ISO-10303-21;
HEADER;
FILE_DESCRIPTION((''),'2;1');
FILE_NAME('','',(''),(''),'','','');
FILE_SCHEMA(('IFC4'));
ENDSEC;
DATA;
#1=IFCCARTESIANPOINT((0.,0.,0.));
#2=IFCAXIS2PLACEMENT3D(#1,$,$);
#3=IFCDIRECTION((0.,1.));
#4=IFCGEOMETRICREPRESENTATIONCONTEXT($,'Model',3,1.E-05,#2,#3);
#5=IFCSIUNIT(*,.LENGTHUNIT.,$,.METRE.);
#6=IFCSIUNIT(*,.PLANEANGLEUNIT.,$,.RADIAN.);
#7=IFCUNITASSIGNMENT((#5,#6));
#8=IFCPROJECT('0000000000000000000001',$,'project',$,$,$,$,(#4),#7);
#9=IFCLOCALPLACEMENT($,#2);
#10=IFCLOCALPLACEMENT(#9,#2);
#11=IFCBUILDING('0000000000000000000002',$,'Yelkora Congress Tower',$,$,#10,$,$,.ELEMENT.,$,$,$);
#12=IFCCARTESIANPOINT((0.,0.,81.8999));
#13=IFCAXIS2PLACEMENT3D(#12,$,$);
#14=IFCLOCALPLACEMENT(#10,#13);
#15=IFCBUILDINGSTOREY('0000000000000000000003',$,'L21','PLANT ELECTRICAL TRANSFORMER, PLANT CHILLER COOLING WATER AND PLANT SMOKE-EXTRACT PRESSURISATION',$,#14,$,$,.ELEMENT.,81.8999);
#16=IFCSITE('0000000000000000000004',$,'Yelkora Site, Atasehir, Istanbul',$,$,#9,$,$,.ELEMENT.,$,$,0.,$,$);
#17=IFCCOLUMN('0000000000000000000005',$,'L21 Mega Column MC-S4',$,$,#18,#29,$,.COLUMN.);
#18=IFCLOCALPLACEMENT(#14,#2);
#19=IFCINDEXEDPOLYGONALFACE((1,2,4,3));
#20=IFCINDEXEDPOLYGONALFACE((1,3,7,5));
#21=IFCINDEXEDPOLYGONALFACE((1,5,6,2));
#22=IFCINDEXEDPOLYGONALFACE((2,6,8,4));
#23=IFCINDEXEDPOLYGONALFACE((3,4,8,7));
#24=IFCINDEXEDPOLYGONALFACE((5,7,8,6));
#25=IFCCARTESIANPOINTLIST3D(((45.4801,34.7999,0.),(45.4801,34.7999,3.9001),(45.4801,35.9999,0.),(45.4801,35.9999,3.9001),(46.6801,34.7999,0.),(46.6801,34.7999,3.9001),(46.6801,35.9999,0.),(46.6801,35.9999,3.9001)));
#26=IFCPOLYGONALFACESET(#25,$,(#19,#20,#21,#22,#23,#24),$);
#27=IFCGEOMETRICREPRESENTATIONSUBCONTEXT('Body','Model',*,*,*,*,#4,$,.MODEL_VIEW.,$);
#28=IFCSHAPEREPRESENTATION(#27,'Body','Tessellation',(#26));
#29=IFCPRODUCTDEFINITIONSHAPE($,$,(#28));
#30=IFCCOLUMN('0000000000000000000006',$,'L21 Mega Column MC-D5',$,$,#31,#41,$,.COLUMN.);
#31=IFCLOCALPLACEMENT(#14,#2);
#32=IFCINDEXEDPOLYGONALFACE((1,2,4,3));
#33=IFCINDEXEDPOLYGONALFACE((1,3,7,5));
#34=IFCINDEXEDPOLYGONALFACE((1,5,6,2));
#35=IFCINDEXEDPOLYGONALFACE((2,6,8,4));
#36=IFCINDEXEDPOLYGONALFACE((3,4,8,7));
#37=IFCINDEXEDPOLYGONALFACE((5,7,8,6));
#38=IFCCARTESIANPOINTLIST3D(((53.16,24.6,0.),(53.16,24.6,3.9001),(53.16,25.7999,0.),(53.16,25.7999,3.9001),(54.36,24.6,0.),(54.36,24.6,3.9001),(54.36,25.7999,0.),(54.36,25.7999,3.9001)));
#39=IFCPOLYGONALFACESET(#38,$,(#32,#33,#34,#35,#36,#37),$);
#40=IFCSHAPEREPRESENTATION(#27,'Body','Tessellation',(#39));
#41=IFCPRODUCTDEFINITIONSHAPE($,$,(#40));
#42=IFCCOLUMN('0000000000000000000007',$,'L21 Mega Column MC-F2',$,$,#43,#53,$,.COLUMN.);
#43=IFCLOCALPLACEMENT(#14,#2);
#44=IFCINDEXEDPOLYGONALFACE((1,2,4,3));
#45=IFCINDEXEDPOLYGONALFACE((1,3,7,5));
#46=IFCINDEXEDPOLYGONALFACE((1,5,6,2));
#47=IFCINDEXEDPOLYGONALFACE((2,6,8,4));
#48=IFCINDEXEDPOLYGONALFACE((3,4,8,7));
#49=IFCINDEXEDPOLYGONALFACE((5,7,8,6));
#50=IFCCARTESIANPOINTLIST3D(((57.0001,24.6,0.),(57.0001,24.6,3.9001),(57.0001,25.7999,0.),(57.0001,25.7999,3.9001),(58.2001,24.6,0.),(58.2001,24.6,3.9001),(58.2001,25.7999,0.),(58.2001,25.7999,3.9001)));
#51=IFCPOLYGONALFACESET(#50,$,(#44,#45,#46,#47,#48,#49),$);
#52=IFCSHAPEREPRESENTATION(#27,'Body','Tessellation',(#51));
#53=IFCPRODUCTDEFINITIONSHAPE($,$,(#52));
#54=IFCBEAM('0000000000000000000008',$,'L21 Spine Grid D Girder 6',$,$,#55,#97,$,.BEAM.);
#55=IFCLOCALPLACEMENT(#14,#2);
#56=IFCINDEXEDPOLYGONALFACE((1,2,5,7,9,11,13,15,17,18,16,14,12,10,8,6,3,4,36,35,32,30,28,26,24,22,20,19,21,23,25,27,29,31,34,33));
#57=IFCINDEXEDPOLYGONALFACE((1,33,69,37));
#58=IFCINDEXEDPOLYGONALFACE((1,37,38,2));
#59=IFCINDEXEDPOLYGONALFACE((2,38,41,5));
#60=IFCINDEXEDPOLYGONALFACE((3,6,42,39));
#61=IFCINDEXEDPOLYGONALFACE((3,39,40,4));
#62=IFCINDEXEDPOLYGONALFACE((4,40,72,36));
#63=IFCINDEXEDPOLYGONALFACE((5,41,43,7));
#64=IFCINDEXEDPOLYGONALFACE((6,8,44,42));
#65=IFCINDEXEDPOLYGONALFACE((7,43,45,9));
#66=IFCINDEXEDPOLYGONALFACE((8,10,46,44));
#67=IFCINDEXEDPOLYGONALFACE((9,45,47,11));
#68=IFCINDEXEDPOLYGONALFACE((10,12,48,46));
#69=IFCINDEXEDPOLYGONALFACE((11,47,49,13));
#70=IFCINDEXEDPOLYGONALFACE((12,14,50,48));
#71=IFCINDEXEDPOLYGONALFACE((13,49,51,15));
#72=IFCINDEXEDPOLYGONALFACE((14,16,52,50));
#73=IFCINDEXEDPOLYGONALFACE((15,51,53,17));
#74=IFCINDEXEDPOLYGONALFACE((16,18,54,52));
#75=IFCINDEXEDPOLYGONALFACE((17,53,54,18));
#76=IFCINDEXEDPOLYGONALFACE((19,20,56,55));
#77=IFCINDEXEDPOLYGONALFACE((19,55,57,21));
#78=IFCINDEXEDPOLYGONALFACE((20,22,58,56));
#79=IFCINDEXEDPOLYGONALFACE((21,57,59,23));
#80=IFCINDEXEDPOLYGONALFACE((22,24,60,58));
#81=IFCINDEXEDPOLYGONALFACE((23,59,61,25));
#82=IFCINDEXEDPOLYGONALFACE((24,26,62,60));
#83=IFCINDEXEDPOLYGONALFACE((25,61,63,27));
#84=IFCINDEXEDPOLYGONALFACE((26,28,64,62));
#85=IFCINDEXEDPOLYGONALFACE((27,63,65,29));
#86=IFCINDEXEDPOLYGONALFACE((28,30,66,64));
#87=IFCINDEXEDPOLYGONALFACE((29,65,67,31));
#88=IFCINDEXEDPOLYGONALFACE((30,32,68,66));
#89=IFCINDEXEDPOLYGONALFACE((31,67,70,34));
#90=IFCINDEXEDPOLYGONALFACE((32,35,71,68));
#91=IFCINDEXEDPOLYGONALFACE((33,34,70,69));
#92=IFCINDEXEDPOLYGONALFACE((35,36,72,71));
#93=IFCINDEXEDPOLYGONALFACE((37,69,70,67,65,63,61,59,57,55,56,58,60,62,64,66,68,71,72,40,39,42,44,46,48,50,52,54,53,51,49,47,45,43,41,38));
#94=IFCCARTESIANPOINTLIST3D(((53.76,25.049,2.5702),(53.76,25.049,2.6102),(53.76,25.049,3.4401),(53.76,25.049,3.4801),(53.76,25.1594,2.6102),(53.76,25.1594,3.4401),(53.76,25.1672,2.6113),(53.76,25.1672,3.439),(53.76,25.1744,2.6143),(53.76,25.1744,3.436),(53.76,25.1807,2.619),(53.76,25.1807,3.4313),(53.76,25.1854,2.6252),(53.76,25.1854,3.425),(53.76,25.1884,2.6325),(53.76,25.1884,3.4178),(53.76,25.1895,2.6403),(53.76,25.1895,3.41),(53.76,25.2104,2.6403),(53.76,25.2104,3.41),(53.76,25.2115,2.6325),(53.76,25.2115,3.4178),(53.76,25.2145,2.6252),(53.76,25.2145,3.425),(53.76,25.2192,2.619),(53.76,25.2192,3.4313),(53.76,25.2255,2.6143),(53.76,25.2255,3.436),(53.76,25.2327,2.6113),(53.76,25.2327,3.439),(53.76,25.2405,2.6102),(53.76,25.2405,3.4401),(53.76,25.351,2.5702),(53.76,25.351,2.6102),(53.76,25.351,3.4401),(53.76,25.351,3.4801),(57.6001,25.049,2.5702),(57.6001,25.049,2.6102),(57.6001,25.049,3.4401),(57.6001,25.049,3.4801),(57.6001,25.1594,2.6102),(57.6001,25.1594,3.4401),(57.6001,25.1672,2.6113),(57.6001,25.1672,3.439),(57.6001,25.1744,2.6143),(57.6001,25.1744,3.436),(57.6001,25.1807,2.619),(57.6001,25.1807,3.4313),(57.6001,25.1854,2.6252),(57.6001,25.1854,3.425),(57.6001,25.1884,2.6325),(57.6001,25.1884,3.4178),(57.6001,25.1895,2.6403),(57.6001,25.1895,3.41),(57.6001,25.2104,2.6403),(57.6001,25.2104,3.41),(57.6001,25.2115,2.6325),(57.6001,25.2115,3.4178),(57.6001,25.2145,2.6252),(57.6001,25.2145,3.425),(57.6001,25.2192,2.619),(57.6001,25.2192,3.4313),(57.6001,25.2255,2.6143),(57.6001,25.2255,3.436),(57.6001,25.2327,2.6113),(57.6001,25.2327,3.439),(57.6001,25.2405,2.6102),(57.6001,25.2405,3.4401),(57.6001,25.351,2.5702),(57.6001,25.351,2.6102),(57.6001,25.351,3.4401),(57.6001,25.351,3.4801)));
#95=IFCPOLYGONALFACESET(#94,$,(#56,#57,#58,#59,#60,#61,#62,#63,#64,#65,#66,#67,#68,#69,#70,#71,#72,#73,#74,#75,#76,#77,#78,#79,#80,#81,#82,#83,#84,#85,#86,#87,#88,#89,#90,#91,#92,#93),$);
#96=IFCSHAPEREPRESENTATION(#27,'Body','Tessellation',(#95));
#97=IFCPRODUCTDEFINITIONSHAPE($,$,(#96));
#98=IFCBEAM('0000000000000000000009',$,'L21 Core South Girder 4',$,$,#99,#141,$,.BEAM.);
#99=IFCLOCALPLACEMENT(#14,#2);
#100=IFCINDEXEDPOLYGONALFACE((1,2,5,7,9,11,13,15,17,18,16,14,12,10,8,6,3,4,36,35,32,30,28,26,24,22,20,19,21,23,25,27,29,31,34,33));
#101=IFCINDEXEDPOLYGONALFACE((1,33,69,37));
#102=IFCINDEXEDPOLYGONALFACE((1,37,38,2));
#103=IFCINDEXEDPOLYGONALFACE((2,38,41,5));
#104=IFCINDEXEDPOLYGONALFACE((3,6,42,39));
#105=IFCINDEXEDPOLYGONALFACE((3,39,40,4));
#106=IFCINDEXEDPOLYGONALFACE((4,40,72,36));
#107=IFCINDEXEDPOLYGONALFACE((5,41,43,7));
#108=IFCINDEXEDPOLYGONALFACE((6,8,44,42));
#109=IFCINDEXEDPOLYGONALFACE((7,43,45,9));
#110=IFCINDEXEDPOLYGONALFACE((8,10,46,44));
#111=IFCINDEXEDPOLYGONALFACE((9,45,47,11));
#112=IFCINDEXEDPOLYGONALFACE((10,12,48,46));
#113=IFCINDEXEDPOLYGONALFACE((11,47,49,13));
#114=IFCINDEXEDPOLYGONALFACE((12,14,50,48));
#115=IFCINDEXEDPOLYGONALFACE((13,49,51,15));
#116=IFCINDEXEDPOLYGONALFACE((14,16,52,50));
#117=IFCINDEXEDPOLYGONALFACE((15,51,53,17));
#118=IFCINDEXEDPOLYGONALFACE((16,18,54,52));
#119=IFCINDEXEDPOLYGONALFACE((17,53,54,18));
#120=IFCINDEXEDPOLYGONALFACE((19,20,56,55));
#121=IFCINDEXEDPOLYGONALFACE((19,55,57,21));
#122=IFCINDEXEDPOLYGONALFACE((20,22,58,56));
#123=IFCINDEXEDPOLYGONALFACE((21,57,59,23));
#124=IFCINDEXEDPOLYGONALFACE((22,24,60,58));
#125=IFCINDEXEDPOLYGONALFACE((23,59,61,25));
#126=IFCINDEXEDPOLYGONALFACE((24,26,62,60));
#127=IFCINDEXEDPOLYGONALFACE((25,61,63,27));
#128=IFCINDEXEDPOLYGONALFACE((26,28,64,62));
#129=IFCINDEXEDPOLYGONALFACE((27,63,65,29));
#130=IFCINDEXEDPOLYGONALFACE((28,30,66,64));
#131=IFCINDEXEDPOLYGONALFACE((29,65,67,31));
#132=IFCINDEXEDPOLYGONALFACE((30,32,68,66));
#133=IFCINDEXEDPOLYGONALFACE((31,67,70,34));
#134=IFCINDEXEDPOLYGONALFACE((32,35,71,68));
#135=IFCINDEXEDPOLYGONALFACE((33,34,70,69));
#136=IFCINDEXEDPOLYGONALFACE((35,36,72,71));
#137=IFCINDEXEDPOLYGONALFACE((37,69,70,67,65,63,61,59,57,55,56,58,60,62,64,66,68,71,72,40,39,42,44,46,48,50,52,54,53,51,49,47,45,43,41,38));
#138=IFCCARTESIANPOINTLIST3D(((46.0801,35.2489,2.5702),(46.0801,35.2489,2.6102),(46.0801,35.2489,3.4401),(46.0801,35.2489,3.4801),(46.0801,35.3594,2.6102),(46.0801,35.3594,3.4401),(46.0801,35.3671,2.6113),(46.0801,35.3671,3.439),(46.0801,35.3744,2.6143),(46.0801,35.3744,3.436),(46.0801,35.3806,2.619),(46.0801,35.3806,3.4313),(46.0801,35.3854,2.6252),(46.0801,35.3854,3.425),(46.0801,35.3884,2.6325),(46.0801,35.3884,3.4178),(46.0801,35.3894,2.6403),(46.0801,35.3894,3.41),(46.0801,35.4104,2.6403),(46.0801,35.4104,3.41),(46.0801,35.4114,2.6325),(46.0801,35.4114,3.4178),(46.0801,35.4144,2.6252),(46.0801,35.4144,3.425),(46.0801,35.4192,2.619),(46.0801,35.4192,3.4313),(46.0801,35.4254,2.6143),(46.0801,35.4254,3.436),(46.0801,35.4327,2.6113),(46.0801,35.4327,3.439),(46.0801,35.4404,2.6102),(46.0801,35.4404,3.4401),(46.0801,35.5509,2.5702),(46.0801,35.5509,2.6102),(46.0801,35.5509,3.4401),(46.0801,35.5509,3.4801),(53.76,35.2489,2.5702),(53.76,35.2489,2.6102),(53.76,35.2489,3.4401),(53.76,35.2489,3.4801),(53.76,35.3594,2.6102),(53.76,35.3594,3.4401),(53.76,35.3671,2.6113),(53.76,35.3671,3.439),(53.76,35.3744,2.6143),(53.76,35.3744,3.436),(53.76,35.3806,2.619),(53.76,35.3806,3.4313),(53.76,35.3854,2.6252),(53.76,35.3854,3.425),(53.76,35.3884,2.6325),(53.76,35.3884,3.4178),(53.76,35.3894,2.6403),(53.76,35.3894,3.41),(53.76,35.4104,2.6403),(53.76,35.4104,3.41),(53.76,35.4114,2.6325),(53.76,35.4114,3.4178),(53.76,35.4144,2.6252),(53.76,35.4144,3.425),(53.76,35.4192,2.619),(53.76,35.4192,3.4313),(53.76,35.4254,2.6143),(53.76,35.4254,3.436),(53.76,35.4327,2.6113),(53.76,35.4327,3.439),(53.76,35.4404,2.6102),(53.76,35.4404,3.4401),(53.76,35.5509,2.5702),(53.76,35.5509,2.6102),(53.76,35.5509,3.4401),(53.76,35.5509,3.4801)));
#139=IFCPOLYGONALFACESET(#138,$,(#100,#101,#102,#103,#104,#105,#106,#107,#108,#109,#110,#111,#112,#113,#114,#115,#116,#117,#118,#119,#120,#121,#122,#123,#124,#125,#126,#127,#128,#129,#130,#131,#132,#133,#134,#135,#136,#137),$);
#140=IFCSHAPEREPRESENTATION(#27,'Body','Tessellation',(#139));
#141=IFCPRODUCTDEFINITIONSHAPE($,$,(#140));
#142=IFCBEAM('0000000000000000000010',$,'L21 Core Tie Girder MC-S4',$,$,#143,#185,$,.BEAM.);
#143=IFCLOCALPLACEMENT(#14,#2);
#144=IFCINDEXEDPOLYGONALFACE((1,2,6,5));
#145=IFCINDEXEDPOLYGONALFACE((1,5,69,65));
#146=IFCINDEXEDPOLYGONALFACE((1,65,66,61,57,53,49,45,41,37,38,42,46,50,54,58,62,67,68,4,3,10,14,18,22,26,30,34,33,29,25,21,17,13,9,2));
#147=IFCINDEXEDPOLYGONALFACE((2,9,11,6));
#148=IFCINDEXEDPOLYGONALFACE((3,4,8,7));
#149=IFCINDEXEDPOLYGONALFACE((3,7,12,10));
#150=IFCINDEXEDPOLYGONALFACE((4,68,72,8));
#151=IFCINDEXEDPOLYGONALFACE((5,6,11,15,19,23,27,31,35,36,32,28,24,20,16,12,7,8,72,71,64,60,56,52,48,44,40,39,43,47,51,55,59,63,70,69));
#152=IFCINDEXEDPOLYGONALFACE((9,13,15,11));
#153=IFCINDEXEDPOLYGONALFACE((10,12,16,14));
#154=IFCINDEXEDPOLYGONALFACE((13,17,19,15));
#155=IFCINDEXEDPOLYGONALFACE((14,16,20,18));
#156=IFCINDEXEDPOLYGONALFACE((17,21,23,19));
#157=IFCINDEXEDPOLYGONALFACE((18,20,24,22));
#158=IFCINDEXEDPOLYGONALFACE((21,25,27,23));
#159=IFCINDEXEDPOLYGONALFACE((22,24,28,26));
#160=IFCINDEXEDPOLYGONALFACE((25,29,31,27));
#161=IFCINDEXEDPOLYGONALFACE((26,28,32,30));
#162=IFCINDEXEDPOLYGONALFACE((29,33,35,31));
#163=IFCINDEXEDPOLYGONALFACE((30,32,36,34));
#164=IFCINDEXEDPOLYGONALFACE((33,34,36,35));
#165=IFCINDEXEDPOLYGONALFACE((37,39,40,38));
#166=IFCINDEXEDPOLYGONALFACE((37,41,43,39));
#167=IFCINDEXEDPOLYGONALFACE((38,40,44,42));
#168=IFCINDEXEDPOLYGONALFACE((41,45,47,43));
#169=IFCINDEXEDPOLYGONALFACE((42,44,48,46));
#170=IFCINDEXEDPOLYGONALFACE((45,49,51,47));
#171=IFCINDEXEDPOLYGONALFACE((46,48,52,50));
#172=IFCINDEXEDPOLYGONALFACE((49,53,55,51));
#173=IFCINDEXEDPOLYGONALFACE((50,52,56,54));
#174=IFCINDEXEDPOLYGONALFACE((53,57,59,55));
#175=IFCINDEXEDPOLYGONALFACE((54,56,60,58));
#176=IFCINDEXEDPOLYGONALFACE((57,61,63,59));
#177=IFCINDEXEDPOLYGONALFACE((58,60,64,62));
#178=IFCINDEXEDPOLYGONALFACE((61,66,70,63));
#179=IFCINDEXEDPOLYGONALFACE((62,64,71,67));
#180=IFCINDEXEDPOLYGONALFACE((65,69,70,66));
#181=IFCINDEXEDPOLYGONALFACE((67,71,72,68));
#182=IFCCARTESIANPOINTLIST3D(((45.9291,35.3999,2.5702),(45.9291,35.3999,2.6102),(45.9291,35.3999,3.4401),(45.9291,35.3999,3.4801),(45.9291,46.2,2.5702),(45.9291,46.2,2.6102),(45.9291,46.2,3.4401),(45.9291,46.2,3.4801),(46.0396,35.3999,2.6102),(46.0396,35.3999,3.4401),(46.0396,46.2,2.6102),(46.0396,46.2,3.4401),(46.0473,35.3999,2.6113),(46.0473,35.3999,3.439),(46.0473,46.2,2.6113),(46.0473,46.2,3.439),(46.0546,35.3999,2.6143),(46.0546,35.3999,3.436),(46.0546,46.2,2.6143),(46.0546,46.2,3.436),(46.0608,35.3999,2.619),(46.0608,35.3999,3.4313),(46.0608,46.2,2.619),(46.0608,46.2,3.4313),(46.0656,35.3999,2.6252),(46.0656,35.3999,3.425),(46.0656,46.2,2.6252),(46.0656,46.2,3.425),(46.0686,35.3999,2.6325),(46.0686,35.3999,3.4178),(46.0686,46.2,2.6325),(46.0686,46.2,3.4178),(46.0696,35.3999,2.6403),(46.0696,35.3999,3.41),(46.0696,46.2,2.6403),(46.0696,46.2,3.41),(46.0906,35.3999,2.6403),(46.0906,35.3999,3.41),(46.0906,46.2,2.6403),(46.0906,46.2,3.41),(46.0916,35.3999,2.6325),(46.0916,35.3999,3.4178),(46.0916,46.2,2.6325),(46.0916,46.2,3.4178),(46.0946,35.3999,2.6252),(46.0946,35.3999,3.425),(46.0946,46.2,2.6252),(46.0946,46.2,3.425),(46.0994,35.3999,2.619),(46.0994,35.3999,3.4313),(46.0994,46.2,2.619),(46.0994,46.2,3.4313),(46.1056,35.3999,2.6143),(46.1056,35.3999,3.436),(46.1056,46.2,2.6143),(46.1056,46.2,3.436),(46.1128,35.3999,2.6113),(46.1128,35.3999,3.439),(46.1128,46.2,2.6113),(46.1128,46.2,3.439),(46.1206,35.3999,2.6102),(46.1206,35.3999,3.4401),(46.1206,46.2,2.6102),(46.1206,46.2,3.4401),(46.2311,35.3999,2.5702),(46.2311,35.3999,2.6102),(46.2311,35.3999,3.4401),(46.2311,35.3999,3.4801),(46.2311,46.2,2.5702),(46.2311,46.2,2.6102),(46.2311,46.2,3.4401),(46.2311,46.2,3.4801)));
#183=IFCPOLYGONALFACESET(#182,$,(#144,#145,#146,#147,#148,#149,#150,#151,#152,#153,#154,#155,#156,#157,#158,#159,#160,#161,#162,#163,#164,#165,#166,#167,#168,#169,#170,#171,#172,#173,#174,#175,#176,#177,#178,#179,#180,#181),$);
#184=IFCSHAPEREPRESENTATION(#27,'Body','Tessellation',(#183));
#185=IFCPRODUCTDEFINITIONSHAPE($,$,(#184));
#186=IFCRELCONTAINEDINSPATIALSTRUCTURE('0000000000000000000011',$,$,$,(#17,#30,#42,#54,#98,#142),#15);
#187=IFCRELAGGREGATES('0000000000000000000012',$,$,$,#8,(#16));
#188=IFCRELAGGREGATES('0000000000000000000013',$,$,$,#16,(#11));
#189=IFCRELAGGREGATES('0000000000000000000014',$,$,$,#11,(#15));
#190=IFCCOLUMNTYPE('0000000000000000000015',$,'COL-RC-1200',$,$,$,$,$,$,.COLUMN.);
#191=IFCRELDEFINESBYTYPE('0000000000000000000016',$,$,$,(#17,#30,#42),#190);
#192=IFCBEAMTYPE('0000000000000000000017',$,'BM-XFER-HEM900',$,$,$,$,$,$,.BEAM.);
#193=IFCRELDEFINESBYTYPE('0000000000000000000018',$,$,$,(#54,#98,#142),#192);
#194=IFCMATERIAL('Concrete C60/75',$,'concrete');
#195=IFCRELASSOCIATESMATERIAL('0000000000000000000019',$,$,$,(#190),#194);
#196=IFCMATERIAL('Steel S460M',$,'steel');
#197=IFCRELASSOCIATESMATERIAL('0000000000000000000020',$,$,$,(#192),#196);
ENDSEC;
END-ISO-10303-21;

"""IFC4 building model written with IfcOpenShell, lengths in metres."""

from ifc_helpers import new_model, si_unit, direction, frame, origin, origin_2d, place, context, subcontext, project, spatial, rectangle, i_section, extrude, material, material_profile, profile_set, type_object, element, save


model = new_model("IFC4")

# Units and contexts
model_context = context("Model", 3, precision=1e-05, world=origin(), true_north=direction((0.0, 1.0)))
body_context = subcontext(model_context, "Body", "Model", "MODEL_VIEW")
ifc_project = project(units=[si_unit("LENGTHUNIT", "METRE"), si_unit("PLANEANGLEUNIT", "RADIAN")], contexts=[model_context])

# Site, building, storey
site_placement = place(None, origin())
site = spatial("IfcSite", under=ifc_project, at=site_placement, Name="Yelkora Site, Atasehir, Istanbul", CompositionType="ELEMENT", RefElevation=0.0)
building_placement = place(site_placement, origin())
building = spatial("IfcBuilding", under=site, at=building_placement, Name="Yelkora Congress Tower", CompositionType="ELEMENT")
storey_placement = place(building_placement, frame((0.0, 0.0, 81.8999)))
storey = spatial("IfcBuildingStorey", under=building, at=storey_placement, Name="L21", Description="PLANT ELECTRICAL TRANSFORMER, PLANT CHILLER COOLING WATER AND PLANT SMOKE-EXTRACT PRESSURISATION", CompositionType="ELEMENT", Elevation=81.8999)

# Columns
ifc_material_1 = material(Name="Concrete C60/75", Category="concrete")
ifc_material_profile_1 = material_profile(ifc_material_1, rectangle(XDim=1.2, YDim=1.2, at=origin_2d()), Name="RC 1200x1200")
ifc_profile_set_1 = profile_set([ifc_material_profile_1], Name="Concrete C60/75")
column_type = type_object("IfcColumnType", Name="COL-RC-1200", PredefinedType="COLUMN", material=ifc_profile_set_1)
for number, where, z_axis, x_axis, name in (
    (1, (46.0801, 35.3999, 0.0), (0.0, 0.0, 1.0), (1.0, 0.0, 0.0), "L21 Mega Column MC-S4"),
    (2, (53.76, 25.2, 0.0), (0.0, 0.0, 1.0), (1.0, 0.0, 0.0), "L21 Mega Column MC-D5"),
    (3, (57.6001, 25.2, 0.0), (0.0, 0.0, 1.0), (1.0, 0.0, 0.0), "L21 Mega Column MC-F2"),
):
    element("IfcColumn", number, at=place(storey_placement, frame(where, z_axis=z_axis, x_axis=x_axis)), inside=storey, type_object=column_type, Name=name, PredefinedType="COLUMN", context=body_context, shape_type="SweptSolid", body=[
        extrude(rectangle(XDim=1.2, YDim=1.2, at=origin_2d()), origin(), (0.0, 0.0, 1.0), 3.9001),
    ])

# Beams
ifc_material_2 = material(Name="Steel S460M", Category="steel")
ifc_material_profile_2 = material_profile(ifc_material_2, i_section(OverallWidth=0.302, OverallDepth=0.9099, WebThickness=0.021, FlangeThickness=0.04, FilletRadius=0.03, at=origin_2d()), Name="HEM 900")
ifc_profile_set_2 = profile_set([ifc_material_profile_2], Name="Steel S460M")
beam_type = type_object("IfcBeamType", Name="BM-XFER-HEM900", PredefinedType="BEAM", material=ifc_profile_set_2)
beam_1_placement = place(storey_placement, frame((53.76, 25.2, 3.0251), z_axis=(1.0, 0.0, 0.0), x_axis=(0.0, 1.0, 0.0)))
element("IfcBeam", 4, at=beam_1_placement, inside=storey, type_object=beam_type, Name="L21 Spine Grid D Girder 6", PredefinedType="BEAM", context=body_context, shape_type="SweptSolid", body=[
    extrude(i_section(OverallWidth=0.302, OverallDepth=0.9099, WebThickness=0.021, FlangeThickness=0.04, FilletRadius=0.03, at=origin_2d()), origin(), (0.0, 0.0, 1.0), 3.8401),
])
beam_2_placement = place(storey_placement, frame((46.0801, 35.3999, 3.0251), z_axis=(1.0, 0.0, 0.0), x_axis=(0.0, 1.0, 0.0)))
element("IfcBeam", 5, at=beam_2_placement, inside=storey, type_object=beam_type, Name="L21 Core South Girder 4", PredefinedType="BEAM", context=body_context, shape_type="SweptSolid", body=[
    extrude(i_section(OverallWidth=0.302, OverallDepth=0.9099, WebThickness=0.021, FlangeThickness=0.04, FilletRadius=0.03, at=origin_2d()), origin(), (0.0, 0.0, 1.0), 7.6799),
])
beam_3_placement = place(storey_placement, frame((46.0801, 35.3999, 3.0251), z_axis=(0.0, 1.0, 0.0), x_axis=(-1.0, 0.0, 0.0)))
element("IfcBeam", 6, at=beam_3_placement, inside=storey, type_object=beam_type, Name="L21 Core Tie Girder MC-S4", PredefinedType="BEAM", context=body_context, shape_type="SweptSolid", body=[
    extrude(i_section(OverallWidth=0.302, OverallDepth=0.9099, WebThickness=0.021, FlangeThickness=0.04, FilletRadius=0.03, at=origin_2d()), origin(), (0.0, 0.0, 1.0), 10.8),
])

save(model, "model.ifc")
